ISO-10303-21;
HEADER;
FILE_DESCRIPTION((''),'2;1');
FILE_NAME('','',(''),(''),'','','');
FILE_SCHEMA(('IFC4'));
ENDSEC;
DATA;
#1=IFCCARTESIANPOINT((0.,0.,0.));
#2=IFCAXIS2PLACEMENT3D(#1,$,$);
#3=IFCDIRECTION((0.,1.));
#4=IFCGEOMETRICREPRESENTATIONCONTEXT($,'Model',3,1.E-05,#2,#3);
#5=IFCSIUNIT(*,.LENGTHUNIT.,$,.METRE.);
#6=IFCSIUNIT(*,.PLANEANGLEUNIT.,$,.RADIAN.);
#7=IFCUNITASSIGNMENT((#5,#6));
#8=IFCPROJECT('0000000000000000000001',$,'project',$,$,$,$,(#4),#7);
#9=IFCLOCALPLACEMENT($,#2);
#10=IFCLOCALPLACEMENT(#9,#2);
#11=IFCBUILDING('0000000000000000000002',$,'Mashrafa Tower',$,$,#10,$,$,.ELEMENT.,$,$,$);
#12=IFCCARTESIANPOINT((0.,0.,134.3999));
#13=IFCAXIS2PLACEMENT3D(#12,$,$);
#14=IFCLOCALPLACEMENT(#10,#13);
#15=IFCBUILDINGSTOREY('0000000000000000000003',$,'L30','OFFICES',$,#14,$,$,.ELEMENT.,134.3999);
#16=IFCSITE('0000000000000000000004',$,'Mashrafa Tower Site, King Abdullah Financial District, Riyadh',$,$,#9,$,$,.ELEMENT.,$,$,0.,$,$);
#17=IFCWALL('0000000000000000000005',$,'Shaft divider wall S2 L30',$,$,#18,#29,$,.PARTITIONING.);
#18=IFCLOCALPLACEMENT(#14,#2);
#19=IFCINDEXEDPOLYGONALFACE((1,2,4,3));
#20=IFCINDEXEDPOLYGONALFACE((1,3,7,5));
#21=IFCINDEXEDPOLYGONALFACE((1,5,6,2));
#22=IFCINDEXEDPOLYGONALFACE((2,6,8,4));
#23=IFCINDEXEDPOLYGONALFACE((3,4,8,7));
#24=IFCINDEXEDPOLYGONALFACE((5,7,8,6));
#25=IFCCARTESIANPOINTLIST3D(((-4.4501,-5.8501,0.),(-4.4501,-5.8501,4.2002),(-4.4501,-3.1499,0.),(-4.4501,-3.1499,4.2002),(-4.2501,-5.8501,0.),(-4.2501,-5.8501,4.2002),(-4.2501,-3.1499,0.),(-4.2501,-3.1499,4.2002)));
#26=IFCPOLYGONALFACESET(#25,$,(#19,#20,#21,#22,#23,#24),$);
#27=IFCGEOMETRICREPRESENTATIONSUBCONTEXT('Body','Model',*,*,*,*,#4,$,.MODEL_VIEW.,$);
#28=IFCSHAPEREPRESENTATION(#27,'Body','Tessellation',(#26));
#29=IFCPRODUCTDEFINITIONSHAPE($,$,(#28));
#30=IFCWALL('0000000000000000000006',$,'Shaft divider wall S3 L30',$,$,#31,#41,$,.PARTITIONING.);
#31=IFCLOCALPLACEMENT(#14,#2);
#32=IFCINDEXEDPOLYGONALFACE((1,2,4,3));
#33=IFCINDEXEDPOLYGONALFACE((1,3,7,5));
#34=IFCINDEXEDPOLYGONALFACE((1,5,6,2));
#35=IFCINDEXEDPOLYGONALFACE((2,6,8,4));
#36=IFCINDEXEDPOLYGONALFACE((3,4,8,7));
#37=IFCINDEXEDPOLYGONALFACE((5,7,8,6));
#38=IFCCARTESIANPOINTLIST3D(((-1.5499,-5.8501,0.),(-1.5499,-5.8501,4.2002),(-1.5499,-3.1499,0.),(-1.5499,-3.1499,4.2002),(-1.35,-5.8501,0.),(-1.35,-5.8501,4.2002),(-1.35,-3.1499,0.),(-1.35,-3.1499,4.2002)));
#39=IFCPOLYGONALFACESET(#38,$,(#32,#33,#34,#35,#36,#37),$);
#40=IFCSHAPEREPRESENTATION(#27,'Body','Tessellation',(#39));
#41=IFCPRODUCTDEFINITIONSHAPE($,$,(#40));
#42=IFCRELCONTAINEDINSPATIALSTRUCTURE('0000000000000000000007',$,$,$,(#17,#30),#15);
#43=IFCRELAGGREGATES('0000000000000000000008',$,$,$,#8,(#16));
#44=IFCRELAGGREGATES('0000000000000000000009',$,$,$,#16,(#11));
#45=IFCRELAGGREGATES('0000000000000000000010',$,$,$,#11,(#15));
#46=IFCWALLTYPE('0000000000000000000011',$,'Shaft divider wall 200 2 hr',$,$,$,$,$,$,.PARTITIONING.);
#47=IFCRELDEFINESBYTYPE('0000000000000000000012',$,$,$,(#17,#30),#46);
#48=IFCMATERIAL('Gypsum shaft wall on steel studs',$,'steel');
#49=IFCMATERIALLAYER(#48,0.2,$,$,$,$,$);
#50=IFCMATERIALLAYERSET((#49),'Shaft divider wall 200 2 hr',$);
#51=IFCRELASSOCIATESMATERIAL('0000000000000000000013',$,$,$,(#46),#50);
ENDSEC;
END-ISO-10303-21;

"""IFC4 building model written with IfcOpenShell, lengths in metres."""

from ifc_helpers import new_model, si_unit, direction, frame, frame_2d, origin, place, context, subcontext, project, spatial, rectangle, extrude, material, layer, layer_set, type_object, element, save


model = new_model("IFC4")

# Units and contexts
model_context = context("Model", 3, precision=1e-05, world=origin(), true_north=direction((0.0, 1.0)))
body_context = subcontext(model_context, "Body", "Model", "MODEL_VIEW")
ifc_project = project(units=[si_unit("LENGTHUNIT", "METRE"), si_unit("PLANEANGLEUNIT", "RADIAN")], contexts=[model_context])

# Site, building, storey
site_placement = place(None, origin())
site = spatial("IfcSite", under=ifc_project, at=site_placement, Name="Mashrafa Tower Site, King Abdullah Financial District, Riyadh", CompositionType="ELEMENT", RefElevation=0.0)
building_placement = place(site_placement, origin())
building = spatial("IfcBuilding", under=site, at=building_placement, Name="Mashrafa Tower", CompositionType="ELEMENT")
storey_placement = place(building_placement, frame((0.0, 0.0, 134.3999)))
storey = spatial("IfcBuildingStorey", under=building, at=storey_placement, Name="L30", Description="OFFICES", CompositionType="ELEMENT", Elevation=134.3999)

# Walls
ifc_material_1 = material(Name="Gypsum shaft wall on steel studs", Category="steel")
ifc_layer_1 = layer(ifc_material_1, 0.2)
ifc_layer_set_1 = layer_set([ifc_layer_1], Name="Shaft divider wall 200 2 hr")
wall_type_1 = type_object("IfcWallType", Name="Shaft divider wall 200 2 hr", PredefinedType="PARTITIONING", material=ifc_layer_set_1)
for number, where, z_axis, x_axis, name in (
    (1, (-4.3501, -5.8501, 0.0), (0.0, 0.0, 1.0), (0.0, 1.0, 0.0), "Shaft divider wall S2 L30"),
    (2, (-1.45, -5.8501, 0.0), (0.0, 0.0, 1.0), (0.0, 1.0, 0.0), "Shaft divider wall S3 L30"),
):
    element("IfcWall", number, at=place(storey_placement, frame(where, z_axis=z_axis, x_axis=x_axis)), inside=storey, type_object=wall_type_1, Name=name, PredefinedType="PARTITIONING", context=body_context, shape_type="SweptSolid", body=[
        extrude(rectangle(XDim=2.7002, YDim=0.2, at=frame_2d((1.3501, 0.0))), origin(), (0.0, 0.0, 1.0), 4.2002),
    ])

save(model, "model.ifc")
